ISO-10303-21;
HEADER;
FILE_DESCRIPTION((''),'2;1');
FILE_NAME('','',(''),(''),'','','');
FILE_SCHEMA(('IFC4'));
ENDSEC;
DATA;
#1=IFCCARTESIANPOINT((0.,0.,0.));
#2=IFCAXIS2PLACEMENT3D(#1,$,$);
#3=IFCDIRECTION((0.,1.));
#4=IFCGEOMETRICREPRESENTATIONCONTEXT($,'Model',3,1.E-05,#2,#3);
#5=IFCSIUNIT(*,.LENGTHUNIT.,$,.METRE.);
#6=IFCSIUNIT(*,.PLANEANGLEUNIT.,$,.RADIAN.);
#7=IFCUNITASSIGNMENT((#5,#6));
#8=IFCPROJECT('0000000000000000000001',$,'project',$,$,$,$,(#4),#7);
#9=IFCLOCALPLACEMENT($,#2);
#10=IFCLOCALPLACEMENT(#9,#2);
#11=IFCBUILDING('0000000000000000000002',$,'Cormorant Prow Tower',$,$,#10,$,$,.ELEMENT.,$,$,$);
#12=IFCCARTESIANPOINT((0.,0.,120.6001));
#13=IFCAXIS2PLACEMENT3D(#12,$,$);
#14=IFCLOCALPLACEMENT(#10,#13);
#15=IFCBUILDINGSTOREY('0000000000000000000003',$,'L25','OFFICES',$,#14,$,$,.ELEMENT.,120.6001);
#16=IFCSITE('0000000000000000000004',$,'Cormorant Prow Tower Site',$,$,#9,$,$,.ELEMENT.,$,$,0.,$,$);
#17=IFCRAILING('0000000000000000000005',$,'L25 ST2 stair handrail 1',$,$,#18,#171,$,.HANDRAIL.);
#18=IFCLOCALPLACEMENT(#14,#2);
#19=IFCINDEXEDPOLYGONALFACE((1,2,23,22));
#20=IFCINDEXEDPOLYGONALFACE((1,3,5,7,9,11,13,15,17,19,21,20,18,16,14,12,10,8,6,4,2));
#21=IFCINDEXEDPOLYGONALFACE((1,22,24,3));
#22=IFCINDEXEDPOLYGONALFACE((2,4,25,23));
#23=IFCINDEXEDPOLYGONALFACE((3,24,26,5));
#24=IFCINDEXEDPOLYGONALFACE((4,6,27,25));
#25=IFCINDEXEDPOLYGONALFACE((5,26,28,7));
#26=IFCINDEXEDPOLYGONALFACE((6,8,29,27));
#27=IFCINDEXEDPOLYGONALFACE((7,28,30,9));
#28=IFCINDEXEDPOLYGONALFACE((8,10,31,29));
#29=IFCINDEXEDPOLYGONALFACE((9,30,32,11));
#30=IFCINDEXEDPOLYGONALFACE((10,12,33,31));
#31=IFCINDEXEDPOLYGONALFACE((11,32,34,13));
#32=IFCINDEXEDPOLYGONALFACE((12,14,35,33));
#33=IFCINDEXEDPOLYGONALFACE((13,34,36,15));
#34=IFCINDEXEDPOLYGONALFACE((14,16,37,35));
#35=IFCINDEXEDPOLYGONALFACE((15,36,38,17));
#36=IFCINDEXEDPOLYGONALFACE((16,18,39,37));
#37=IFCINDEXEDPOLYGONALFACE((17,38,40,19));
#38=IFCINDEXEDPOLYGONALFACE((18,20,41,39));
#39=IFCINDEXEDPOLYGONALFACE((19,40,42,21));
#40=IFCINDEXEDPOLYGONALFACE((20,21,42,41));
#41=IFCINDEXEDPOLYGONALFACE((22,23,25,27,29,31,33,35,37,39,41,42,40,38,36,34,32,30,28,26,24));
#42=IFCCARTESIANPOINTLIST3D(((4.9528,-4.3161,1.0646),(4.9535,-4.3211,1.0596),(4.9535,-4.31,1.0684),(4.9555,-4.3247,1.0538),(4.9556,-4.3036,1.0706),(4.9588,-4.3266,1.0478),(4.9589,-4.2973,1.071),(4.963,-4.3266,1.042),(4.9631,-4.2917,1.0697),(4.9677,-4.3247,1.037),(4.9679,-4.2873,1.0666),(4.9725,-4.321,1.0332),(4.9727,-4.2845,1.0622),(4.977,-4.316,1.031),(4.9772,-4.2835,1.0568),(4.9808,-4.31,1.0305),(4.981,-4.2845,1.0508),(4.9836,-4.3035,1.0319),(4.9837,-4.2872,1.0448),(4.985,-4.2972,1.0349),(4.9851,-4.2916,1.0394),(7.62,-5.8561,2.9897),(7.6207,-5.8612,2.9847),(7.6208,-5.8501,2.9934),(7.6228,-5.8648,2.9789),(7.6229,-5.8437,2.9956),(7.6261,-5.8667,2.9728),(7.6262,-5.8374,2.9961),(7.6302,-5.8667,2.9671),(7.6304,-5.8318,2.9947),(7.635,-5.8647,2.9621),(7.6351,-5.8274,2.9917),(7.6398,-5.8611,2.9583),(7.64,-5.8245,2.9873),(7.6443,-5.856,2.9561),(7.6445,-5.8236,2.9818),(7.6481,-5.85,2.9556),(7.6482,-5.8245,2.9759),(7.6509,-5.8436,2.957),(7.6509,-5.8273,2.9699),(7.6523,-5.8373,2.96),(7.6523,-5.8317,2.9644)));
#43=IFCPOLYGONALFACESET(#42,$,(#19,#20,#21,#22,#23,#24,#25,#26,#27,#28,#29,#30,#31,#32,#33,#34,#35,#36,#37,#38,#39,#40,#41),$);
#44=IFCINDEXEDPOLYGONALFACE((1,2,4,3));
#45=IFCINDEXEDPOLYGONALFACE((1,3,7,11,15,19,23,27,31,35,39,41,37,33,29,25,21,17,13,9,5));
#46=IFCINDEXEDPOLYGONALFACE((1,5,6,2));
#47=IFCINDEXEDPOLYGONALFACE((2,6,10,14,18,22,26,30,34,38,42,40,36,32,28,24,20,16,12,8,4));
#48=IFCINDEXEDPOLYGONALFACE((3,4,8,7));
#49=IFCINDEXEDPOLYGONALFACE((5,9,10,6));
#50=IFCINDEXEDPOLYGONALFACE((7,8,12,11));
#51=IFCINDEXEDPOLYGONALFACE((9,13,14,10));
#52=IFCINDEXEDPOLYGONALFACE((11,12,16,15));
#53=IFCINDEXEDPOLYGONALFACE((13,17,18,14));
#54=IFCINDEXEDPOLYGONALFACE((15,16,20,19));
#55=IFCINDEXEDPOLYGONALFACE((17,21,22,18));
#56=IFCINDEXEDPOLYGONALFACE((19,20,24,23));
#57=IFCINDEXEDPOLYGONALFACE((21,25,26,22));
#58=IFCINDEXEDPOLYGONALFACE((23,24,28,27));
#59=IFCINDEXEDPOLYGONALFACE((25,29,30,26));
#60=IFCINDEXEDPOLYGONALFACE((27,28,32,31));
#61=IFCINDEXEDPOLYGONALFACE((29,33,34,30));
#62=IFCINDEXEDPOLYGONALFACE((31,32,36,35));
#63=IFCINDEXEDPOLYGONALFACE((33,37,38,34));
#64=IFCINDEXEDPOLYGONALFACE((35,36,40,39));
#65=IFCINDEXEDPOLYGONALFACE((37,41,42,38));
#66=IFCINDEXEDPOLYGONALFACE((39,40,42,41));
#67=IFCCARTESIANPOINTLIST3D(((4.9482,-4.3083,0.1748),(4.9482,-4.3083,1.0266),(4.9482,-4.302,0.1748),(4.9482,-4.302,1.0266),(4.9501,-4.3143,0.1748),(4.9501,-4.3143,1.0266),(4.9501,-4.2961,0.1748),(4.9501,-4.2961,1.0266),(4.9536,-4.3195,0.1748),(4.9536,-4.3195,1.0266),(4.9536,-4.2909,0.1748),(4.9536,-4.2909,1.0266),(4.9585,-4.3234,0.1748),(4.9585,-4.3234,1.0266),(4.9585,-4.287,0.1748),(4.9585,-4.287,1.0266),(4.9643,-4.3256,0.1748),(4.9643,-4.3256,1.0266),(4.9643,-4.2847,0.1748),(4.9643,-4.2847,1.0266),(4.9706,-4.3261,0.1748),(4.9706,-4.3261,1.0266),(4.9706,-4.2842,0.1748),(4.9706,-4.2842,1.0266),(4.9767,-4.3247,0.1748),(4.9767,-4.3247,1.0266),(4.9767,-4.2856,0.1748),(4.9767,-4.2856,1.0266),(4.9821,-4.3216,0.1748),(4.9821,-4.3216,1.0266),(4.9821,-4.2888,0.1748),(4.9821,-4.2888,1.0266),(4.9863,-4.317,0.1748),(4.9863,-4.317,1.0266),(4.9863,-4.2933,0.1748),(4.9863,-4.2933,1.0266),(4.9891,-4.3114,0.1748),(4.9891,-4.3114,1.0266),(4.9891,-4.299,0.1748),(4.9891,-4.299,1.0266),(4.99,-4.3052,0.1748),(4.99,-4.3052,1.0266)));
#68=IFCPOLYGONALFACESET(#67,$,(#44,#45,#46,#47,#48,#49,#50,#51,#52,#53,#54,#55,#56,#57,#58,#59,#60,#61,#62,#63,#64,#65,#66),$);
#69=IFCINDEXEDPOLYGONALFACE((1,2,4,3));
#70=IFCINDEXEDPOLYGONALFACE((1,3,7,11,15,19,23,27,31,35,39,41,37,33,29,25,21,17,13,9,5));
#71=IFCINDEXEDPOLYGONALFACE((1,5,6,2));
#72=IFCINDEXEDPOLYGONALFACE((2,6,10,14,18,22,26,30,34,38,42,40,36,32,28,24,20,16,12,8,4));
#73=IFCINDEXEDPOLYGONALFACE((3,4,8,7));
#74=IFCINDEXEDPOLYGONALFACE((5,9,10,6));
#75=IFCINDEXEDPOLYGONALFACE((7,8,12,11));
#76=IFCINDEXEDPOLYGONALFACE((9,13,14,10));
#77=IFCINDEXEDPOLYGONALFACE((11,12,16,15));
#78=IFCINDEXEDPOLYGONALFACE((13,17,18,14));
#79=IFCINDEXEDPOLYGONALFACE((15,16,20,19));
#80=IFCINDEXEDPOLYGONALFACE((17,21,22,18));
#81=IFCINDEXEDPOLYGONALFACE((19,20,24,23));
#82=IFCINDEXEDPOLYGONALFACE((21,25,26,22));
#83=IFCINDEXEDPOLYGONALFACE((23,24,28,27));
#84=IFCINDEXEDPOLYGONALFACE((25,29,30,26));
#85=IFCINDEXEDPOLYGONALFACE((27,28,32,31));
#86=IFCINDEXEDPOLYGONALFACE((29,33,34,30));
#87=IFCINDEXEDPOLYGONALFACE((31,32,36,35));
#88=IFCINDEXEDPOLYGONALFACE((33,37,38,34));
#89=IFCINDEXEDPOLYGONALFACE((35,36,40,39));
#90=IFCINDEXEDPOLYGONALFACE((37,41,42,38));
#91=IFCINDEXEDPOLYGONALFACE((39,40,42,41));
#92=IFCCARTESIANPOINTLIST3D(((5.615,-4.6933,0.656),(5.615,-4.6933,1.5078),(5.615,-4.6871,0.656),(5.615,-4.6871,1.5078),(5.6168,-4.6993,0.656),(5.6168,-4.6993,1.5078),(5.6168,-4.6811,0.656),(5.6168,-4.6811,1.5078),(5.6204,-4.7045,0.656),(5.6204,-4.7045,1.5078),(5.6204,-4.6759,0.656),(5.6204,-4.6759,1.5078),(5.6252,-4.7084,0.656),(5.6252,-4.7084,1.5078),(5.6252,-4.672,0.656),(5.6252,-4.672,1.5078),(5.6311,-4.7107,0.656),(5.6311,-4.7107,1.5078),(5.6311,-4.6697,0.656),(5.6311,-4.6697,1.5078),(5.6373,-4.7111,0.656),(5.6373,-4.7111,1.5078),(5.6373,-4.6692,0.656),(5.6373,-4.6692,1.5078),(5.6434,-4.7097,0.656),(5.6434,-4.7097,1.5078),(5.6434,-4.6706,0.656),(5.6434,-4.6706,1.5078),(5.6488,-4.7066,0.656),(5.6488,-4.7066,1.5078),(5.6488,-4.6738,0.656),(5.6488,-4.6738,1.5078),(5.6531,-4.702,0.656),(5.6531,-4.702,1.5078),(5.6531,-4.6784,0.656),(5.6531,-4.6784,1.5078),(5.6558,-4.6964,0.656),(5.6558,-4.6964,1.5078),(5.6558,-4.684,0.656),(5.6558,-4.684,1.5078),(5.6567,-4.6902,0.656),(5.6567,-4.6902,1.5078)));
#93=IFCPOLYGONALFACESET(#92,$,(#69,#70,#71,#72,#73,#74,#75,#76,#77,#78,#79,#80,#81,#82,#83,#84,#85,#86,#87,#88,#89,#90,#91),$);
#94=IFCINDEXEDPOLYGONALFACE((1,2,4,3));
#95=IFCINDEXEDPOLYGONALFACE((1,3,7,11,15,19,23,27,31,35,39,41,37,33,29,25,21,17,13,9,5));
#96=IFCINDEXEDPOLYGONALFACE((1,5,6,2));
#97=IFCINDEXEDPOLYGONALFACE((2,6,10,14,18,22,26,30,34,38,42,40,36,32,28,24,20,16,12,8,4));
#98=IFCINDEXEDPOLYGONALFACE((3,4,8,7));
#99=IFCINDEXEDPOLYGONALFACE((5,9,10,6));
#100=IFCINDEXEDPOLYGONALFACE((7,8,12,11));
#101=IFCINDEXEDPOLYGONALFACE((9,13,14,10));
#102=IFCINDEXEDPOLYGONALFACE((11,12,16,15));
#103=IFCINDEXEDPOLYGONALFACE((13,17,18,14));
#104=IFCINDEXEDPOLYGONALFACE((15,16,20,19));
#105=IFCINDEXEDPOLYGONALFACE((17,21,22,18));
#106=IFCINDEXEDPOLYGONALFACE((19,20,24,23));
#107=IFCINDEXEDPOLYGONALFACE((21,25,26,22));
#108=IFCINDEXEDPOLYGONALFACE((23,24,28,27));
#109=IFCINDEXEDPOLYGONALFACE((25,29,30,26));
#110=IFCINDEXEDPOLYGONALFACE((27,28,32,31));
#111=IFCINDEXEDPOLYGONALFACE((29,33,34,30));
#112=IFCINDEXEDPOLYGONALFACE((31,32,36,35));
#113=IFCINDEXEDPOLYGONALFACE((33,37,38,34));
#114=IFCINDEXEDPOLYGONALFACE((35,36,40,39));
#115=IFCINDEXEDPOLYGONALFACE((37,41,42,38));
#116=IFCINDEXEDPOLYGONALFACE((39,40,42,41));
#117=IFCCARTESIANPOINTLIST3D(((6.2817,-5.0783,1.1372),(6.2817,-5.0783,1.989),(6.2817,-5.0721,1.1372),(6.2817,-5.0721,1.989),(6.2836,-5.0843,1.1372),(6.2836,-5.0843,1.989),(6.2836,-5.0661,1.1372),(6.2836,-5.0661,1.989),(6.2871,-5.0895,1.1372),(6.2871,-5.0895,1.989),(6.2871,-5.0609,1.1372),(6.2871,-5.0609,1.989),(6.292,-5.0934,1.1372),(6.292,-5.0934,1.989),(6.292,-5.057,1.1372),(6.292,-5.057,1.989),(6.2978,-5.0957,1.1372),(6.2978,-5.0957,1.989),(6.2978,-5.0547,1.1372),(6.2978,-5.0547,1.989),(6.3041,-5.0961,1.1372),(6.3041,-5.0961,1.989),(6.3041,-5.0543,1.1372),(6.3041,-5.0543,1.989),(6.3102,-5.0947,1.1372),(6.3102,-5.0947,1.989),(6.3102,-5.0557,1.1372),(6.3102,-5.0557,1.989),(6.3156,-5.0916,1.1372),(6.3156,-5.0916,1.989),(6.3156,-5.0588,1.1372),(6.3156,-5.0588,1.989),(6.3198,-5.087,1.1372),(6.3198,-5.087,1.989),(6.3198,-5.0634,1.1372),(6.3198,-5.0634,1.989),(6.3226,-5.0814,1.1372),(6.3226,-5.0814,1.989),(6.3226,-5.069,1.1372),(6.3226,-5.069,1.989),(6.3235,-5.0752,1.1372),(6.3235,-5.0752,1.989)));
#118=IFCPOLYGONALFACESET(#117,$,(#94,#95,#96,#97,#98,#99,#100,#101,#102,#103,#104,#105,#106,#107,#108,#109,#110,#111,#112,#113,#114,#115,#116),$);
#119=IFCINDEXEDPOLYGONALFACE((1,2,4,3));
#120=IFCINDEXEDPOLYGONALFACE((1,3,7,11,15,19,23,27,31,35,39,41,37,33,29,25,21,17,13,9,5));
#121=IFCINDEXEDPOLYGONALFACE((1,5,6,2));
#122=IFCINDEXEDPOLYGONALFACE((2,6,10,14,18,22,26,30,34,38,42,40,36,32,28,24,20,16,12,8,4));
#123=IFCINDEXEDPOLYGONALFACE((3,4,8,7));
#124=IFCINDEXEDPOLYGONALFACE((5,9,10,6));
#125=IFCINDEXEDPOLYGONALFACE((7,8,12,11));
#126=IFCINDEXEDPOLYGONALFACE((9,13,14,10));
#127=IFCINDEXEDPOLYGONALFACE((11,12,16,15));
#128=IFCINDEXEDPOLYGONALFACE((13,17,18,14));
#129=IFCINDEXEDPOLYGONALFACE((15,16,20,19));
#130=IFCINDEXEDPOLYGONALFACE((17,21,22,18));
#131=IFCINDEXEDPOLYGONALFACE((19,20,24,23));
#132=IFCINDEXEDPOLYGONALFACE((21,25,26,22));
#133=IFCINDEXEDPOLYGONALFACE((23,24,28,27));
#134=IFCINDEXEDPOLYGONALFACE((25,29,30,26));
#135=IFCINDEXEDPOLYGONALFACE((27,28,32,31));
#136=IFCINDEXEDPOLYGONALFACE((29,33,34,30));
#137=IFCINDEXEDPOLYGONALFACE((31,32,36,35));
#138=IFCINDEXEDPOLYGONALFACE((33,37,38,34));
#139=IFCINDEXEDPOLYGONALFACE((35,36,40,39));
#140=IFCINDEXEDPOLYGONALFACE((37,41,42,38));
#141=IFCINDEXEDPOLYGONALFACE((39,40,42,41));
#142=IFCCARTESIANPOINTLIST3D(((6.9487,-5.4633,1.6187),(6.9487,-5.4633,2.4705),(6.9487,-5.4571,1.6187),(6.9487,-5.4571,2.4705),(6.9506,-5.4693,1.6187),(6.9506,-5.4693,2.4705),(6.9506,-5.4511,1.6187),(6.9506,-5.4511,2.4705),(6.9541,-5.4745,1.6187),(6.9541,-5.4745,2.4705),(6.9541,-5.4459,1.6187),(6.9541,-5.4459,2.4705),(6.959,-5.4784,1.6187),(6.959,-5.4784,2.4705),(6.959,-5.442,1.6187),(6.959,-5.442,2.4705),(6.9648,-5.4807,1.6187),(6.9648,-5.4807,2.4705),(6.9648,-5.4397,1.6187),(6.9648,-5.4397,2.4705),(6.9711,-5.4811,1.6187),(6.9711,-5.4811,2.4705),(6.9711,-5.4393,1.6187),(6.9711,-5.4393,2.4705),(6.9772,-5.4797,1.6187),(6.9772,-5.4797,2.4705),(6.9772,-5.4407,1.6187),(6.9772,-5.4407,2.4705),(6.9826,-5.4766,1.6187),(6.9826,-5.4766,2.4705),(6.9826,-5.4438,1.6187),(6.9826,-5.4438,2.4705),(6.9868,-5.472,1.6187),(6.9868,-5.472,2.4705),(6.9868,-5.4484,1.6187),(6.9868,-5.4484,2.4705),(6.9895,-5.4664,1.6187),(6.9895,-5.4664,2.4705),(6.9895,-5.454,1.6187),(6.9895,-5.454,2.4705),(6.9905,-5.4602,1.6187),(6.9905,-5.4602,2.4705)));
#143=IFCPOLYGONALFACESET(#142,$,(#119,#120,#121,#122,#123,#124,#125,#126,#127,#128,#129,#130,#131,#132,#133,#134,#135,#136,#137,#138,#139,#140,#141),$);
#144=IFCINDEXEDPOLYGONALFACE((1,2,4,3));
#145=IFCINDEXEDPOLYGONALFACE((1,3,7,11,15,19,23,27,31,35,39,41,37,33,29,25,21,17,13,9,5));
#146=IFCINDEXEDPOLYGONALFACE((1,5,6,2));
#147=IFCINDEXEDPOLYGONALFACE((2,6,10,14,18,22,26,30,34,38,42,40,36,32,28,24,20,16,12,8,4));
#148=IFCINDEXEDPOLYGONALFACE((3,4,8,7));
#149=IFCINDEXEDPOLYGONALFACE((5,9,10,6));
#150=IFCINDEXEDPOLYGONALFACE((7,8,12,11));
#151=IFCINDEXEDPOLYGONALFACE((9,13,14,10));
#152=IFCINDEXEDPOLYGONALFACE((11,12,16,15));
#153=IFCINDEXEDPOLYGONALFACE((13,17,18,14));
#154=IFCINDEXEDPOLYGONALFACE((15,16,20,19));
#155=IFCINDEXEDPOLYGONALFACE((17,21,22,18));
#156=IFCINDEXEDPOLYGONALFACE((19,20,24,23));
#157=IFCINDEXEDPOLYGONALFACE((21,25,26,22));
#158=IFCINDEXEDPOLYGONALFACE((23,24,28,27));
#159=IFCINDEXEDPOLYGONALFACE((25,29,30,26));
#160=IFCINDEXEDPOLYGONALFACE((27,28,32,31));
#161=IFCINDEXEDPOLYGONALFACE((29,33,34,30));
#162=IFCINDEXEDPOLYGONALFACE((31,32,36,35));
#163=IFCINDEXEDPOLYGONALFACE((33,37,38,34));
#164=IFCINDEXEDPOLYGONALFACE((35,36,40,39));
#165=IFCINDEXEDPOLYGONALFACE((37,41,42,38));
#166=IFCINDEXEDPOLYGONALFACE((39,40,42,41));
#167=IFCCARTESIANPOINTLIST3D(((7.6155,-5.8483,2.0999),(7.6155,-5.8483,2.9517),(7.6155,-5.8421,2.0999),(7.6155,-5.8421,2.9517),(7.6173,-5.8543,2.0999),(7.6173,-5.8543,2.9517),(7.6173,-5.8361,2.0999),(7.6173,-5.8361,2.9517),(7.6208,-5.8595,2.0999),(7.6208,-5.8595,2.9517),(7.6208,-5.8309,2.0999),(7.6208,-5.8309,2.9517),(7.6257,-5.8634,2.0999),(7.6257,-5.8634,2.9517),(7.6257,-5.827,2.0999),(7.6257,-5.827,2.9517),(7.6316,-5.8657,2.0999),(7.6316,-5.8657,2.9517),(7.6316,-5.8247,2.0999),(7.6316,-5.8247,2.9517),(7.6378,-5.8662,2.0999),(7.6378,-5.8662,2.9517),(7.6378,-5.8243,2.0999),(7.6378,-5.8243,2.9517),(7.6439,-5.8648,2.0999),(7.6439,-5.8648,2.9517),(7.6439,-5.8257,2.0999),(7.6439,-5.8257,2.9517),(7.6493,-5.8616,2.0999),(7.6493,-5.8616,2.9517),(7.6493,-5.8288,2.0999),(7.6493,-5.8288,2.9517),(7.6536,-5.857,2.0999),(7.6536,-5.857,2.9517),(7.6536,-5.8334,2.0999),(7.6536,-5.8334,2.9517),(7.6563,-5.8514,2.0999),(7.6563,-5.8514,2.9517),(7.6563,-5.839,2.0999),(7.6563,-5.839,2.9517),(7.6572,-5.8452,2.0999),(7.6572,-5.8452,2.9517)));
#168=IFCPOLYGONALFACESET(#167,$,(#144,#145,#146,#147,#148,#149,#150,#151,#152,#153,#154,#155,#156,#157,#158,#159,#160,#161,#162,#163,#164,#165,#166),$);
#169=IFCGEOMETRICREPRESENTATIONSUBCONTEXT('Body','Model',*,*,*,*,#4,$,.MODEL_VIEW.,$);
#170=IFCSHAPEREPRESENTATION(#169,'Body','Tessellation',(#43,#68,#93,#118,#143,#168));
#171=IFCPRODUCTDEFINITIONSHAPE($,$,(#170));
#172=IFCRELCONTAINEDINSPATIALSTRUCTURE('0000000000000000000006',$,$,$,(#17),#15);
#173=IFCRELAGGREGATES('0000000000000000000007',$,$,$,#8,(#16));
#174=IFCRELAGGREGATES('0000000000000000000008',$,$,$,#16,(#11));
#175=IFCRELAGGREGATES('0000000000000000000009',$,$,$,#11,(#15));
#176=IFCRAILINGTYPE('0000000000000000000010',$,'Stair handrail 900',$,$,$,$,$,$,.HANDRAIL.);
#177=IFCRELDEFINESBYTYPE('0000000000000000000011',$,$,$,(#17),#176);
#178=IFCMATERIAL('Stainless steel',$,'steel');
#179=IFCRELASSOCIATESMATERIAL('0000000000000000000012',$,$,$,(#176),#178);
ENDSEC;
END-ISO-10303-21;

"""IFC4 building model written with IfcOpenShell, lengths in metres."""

from ifc_helpers import new_model, si_unit, direction, frame, origin, origin_2d, place, context, subcontext, project, spatial, circle, extrude, material, type_object, element, save


model = new_model("IFC4")

# Units and contexts
model_context = context("Model", 3, precision=1e-05, world=origin(), true_north=direction((0.0, 1.0)))
body_context = subcontext(model_context, "Body", "Model", "MODEL_VIEW")
ifc_project = project(units=[si_unit("LENGTHUNIT", "METRE"), si_unit("PLANEANGLEUNIT", "RADIAN")], contexts=[model_context])

# Site, building, storey
site_placement = place(None, origin())
site = spatial("IfcSite", under=ifc_project, at=site_placement, Name="Cormorant Prow Tower Site", CompositionType="ELEMENT", RefElevation=0.0)
building_placement = place(site_placement, origin())
building = spatial("IfcBuilding", under=site, at=building_placement, Name="Cormorant Prow Tower", CompositionType="ELEMENT")
storey_placement = place(building_placement, frame((0.0, 0.0, 120.6001)))
storey = spatial("IfcBuildingStorey", under=building, at=storey_placement, Name="L25", Description="OFFICES", CompositionType="ELEMENT", Elevation=120.6001)

# Railing
ifc_material_1 = material(Name="Stainless steel", Category="steel")
railing_type_1 = type_object("IfcRailingType", Name="Stair handrail 900", PredefinedType="HANDRAIL", material=ifc_material_1)
railing_1_placement = place(storey_placement, frame((4.969, -4.3052, 0.1748)))
element("IfcRailing", 1, at=railing_1_placement, inside=storey, type_object=railing_type_1, Name="L25 ST2 stair handrail 1", PredefinedType="HANDRAIL", context=body_context, shape_type="SweptSolid", body=[
    extrude(circle(Radius=0.0239, at=origin_2d()), frame((0.0, 0.0, 0.876), z_axis=(0.734364, -0.424015, 0.530019), x_axis=(0.500027, 0.86601, 0.0)), (0.0, 0.0, 1.0), 3.6321),
    extrude(circle(Radius=0.021, at=origin_2d()), origin(), (0.0, 0.0, 1.0), 0.8518),
    extrude(circle(Radius=0.021, at=origin_2d()), frame((0.6667, -0.385, 0.4812)), (0.0, 0.0, 1.0), 0.8518),
    extrude(circle(Radius=0.021, at=origin_2d()), frame((1.3335, -0.77, 0.9624)), (0.0, 0.0, 1.0), 0.8518),
    extrude(circle(Radius=0.021, at=origin_2d()), frame((2.0005, -1.155, 1.4438)), (0.0, 0.0, 1.0), 0.8518),
    extrude(circle(Radius=0.021, at=origin_2d()), frame((2.6672, -1.54, 1.925)), (0.0, 0.0, 1.0), 0.8518),
])

save(model, "model.ifc")
